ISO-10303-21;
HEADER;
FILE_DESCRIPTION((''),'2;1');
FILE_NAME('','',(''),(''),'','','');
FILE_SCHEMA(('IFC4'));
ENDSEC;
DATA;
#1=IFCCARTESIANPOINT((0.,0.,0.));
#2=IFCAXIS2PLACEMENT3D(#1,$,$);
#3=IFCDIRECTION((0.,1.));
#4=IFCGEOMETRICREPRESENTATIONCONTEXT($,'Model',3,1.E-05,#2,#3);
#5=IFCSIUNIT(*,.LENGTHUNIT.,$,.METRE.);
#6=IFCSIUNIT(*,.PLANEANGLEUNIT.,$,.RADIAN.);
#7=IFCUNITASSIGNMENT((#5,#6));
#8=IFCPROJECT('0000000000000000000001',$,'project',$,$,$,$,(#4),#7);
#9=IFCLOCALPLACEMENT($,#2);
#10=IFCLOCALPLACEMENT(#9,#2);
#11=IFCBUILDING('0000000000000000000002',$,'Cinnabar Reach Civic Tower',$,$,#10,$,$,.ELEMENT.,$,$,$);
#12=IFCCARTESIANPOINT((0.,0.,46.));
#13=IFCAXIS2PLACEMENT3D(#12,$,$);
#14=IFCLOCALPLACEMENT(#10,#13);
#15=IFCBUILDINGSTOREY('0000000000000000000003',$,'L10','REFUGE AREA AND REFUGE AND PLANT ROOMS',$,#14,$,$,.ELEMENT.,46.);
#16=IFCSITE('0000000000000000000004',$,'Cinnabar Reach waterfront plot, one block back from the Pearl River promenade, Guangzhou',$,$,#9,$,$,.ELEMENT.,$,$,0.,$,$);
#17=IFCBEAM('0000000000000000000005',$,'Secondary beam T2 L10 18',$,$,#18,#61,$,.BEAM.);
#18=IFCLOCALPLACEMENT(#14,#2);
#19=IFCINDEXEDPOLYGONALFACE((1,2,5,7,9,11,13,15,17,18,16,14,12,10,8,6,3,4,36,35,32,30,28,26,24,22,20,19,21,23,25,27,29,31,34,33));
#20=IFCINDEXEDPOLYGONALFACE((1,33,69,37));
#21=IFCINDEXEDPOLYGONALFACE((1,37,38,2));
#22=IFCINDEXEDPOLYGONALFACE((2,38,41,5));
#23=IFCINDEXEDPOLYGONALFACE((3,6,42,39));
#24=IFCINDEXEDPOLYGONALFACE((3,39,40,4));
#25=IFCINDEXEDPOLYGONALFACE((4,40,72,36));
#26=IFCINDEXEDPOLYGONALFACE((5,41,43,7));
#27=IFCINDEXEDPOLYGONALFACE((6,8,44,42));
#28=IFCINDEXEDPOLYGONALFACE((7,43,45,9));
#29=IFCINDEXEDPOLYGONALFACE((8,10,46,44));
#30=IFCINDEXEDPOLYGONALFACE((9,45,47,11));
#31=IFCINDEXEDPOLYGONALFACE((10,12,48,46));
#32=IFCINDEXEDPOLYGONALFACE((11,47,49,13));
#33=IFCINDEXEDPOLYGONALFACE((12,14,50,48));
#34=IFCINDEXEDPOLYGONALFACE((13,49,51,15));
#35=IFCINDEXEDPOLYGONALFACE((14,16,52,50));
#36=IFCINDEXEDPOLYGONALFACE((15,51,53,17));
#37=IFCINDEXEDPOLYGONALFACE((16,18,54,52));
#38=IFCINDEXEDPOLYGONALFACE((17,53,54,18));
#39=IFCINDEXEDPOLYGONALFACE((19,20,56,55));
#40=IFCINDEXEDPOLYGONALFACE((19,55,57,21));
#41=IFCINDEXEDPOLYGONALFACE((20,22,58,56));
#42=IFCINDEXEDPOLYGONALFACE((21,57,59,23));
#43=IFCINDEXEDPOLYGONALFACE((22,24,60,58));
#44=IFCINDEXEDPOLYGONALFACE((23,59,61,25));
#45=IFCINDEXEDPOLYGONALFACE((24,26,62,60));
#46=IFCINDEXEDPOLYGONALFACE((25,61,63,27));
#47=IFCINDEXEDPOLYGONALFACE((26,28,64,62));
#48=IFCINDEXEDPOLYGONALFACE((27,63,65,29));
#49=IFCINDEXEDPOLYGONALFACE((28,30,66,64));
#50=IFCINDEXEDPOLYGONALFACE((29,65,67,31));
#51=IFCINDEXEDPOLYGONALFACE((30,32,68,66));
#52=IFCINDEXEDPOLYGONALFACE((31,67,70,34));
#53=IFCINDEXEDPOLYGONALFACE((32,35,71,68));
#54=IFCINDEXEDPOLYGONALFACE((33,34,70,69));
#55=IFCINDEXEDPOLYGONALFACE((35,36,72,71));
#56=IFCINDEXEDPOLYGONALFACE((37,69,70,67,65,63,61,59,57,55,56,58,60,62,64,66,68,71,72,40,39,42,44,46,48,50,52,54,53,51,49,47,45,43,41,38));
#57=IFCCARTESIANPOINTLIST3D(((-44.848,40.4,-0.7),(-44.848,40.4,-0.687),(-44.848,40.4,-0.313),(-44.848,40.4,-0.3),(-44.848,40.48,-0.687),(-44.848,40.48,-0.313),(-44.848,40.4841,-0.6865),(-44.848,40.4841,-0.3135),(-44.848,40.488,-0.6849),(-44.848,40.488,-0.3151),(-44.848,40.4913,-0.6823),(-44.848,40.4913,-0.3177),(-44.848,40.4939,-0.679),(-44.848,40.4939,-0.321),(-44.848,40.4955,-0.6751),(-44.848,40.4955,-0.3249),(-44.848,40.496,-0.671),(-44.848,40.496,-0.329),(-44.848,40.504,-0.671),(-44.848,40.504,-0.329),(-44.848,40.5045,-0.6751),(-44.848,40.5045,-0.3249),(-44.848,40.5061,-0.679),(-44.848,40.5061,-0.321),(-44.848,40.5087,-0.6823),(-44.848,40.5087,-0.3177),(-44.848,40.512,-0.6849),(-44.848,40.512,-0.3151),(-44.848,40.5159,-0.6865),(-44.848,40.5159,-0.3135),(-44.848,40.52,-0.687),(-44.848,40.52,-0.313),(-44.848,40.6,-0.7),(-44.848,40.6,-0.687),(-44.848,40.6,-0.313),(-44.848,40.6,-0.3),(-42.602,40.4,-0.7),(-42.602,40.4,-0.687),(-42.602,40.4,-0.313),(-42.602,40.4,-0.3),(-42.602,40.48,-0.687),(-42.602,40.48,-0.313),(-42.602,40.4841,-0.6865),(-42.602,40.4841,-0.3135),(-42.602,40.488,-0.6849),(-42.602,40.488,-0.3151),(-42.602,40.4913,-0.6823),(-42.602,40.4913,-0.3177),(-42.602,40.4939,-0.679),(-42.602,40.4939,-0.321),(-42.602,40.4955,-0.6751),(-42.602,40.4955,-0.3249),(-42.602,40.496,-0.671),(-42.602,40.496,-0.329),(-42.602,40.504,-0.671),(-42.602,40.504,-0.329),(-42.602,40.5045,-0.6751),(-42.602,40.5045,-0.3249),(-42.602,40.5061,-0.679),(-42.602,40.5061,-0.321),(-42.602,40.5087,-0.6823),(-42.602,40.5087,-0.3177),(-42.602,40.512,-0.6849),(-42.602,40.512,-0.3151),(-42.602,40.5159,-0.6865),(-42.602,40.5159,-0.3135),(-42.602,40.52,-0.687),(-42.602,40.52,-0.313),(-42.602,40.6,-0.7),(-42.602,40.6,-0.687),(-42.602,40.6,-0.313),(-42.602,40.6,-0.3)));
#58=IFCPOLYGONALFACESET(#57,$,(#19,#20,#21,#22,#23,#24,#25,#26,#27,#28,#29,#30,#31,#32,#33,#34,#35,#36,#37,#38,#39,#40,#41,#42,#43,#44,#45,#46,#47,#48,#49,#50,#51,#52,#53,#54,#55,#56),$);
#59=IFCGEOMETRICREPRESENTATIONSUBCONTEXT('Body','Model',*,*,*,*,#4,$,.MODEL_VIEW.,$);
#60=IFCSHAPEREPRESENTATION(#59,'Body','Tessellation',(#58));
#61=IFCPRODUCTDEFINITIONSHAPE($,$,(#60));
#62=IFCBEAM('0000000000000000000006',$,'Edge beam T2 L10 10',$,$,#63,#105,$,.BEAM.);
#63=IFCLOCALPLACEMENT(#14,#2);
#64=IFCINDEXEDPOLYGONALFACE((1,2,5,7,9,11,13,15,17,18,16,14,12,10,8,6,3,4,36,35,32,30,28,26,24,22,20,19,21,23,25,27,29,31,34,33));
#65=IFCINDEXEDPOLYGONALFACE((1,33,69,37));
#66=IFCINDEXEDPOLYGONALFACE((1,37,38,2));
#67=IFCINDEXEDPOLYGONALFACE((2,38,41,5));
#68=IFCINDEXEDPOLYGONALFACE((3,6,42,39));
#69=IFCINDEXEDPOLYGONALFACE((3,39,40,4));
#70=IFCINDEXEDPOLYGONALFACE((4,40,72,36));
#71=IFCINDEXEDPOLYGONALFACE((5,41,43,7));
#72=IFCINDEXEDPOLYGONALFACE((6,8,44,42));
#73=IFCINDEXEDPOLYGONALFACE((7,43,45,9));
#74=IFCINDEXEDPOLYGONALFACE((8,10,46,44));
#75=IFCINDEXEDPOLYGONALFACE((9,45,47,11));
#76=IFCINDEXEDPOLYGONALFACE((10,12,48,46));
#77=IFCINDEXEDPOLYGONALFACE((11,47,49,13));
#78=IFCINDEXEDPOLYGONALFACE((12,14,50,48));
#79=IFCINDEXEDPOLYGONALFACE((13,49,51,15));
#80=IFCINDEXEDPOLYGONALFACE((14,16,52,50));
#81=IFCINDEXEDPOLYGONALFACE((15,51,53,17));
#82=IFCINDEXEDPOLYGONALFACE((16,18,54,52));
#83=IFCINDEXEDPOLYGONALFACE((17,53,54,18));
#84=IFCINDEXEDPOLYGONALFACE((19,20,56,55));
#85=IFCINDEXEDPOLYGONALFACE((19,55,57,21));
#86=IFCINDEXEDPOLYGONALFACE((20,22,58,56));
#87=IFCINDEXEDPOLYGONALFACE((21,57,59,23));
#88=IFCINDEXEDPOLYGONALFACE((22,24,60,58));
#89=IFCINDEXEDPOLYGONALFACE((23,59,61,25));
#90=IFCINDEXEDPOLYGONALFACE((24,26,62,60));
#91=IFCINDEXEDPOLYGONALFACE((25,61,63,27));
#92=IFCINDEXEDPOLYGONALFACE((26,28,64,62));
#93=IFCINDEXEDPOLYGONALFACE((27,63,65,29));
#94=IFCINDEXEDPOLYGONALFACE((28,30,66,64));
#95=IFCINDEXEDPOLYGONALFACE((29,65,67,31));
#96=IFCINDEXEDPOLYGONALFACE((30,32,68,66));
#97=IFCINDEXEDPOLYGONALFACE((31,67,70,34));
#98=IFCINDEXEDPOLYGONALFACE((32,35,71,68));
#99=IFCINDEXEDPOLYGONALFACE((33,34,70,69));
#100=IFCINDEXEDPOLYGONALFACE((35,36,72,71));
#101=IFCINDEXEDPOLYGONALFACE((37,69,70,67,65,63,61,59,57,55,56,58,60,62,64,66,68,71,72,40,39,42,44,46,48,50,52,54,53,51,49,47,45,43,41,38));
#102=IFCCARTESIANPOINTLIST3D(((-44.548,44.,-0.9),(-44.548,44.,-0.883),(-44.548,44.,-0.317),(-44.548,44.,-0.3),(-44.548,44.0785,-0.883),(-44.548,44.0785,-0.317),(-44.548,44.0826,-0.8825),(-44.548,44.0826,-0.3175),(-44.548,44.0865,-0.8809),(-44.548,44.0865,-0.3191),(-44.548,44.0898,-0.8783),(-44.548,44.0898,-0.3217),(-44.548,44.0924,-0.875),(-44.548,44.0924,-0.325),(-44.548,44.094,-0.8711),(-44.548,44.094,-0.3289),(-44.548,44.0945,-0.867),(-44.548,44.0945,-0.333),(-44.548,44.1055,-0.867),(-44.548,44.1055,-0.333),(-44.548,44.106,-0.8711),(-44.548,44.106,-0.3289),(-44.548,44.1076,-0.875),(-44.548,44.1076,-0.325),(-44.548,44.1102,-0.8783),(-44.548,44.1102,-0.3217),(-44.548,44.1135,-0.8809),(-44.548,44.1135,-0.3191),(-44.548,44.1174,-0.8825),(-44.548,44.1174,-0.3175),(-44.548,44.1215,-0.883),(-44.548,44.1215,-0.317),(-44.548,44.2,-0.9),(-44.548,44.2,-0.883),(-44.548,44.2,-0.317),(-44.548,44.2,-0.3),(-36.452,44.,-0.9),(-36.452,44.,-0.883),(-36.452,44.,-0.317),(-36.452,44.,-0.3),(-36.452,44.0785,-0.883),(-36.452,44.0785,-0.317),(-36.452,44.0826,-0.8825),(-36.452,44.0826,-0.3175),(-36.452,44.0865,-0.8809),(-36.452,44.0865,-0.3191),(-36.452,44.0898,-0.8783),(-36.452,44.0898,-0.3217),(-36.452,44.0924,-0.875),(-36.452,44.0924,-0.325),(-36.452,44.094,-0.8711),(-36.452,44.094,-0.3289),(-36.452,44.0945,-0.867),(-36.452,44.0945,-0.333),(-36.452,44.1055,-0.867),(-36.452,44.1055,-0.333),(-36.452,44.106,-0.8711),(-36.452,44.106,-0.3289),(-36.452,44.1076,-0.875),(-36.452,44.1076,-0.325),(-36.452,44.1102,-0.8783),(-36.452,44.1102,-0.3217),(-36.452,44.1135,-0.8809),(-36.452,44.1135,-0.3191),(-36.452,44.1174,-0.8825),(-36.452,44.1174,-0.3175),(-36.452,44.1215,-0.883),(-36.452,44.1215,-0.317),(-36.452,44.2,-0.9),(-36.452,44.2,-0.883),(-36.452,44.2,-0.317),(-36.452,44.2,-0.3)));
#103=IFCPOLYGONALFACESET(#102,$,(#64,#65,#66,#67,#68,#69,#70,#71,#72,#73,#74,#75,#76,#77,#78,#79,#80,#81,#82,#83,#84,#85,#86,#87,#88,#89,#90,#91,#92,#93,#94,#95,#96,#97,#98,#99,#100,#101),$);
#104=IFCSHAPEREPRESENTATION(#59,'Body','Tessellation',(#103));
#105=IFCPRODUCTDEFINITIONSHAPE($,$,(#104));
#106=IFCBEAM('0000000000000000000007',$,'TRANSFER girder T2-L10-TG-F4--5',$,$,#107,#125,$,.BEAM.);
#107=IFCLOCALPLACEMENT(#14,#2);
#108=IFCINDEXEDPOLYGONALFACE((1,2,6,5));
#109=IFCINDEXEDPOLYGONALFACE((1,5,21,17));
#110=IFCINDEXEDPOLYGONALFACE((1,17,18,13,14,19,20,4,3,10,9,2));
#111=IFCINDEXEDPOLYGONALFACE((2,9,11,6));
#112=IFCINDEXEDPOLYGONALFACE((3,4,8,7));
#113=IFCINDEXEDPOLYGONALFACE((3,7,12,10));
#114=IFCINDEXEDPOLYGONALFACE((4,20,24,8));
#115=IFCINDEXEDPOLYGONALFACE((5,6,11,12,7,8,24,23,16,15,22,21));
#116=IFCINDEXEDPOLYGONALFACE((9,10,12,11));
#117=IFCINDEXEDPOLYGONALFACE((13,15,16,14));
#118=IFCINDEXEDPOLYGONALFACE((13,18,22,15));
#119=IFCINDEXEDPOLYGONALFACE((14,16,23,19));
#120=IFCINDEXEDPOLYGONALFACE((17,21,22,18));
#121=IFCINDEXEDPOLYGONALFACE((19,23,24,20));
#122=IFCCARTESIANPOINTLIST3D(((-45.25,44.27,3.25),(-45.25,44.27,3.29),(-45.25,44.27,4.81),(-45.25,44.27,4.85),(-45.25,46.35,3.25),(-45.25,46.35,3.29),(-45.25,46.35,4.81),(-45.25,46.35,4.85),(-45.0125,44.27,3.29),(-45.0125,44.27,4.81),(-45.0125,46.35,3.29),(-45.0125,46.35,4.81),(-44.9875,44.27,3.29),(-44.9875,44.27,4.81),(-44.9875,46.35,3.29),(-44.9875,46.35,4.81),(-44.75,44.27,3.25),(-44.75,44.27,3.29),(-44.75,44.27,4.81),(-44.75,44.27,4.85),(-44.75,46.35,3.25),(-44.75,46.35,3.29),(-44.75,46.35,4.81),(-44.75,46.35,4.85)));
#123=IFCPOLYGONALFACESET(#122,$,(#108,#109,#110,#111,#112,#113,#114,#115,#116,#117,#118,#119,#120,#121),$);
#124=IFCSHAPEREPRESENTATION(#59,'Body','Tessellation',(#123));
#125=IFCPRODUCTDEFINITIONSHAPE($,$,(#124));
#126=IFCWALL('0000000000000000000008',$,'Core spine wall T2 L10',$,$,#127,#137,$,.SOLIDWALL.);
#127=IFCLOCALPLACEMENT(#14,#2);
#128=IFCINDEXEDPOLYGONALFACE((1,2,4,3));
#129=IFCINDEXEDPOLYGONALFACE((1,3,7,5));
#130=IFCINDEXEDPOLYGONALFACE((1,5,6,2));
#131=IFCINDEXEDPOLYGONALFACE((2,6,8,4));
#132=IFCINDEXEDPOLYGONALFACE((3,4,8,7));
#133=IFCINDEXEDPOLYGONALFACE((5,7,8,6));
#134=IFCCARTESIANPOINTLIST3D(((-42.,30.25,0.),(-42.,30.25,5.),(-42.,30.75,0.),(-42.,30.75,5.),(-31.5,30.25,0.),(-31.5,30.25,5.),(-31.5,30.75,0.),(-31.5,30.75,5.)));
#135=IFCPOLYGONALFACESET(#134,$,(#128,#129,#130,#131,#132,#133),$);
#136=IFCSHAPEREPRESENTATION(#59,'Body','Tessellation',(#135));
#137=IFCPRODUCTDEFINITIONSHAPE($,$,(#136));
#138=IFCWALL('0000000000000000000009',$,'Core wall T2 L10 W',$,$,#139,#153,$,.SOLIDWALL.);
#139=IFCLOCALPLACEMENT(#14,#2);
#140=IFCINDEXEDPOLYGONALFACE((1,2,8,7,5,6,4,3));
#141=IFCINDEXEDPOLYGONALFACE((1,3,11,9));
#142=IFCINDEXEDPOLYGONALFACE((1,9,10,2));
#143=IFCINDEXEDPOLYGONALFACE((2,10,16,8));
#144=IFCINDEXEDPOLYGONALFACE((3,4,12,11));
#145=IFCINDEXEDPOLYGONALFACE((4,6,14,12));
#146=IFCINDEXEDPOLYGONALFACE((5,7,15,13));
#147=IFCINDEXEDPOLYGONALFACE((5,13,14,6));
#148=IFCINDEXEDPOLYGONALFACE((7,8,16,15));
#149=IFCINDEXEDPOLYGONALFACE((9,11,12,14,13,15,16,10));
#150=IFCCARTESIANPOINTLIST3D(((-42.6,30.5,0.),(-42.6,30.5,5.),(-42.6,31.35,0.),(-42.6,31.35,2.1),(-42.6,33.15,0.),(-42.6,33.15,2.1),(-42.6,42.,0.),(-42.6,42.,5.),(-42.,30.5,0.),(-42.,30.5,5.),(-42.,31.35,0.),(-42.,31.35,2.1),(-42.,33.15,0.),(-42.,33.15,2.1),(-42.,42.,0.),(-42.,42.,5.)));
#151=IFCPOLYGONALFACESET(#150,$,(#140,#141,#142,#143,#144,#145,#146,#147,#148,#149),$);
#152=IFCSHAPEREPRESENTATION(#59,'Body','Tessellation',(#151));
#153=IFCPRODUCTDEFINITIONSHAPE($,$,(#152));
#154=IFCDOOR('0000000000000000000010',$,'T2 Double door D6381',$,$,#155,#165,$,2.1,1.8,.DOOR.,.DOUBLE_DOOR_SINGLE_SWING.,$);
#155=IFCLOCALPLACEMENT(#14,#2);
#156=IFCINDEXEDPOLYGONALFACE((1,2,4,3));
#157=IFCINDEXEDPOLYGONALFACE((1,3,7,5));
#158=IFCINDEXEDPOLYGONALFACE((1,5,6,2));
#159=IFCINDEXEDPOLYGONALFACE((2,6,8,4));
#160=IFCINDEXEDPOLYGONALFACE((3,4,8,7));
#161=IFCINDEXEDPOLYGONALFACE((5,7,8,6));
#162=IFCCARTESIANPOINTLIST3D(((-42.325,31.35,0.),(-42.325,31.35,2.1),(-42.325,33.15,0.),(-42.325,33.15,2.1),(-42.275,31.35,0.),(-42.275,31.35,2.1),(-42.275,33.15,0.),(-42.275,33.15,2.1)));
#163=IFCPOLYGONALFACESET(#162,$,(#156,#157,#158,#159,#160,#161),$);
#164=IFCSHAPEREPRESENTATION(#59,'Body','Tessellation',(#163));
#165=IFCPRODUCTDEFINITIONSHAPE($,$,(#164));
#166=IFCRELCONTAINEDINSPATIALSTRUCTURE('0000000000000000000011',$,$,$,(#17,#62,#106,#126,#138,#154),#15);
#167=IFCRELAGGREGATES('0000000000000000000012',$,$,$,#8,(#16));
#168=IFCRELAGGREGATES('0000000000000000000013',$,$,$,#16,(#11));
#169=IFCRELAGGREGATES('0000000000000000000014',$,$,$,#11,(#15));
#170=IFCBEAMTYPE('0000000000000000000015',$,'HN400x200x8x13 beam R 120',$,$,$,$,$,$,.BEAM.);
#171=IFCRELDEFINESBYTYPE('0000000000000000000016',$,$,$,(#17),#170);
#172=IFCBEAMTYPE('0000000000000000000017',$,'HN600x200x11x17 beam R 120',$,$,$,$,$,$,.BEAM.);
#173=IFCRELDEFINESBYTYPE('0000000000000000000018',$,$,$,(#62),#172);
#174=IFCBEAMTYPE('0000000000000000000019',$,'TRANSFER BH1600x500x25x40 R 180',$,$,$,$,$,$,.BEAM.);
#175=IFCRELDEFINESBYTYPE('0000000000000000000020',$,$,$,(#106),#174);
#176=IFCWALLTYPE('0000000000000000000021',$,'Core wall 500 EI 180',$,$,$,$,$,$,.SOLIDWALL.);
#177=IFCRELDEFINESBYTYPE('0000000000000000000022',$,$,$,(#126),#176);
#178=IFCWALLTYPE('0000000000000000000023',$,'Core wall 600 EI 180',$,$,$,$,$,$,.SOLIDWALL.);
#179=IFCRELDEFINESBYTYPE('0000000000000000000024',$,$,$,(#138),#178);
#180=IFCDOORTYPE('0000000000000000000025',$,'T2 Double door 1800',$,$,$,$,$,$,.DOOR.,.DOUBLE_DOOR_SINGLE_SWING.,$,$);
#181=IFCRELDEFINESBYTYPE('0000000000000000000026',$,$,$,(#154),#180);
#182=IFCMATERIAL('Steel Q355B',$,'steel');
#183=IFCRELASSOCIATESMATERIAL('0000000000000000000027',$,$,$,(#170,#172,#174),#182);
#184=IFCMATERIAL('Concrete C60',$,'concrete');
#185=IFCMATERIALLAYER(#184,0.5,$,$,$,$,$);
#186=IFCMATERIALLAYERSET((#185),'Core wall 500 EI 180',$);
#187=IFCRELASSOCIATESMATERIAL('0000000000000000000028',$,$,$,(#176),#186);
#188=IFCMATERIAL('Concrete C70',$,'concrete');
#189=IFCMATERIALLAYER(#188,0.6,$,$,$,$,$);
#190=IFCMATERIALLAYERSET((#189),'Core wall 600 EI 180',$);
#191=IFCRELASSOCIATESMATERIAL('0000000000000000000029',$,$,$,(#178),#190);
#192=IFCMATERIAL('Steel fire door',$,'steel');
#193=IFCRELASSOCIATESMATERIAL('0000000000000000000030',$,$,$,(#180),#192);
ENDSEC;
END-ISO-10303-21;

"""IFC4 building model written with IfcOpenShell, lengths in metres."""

from ifc_helpers import new_model, si_unit, direction, frame, frame_2d, origin, origin_2d, place, context, subcontext, project, spatial, rectangle, i_section, extrude, material, layer, layer_set, material_profile, profile_set, type_object, element, fill, save


model = new_model("IFC4")

# Units and contexts
model_context = context("Model", 3, precision=1e-05, world=origin(), true_north=direction((0.0, 1.0)))
body_context = subcontext(model_context, "Body", "Model", "MODEL_VIEW")
ifc_project = project(units=[si_unit("LENGTHUNIT", "METRE"), si_unit("PLANEANGLEUNIT", "RADIAN")], contexts=[model_context])

# Site, building, storey
site_placement = place(None, origin())
site = spatial("IfcSite", under=ifc_project, at=site_placement, Name="Cinnabar Reach waterfront plot, one block back from the Pearl River promenade, Guangzhou", CompositionType="ELEMENT", RefElevation=0.0)
building_placement = place(site_placement, origin())
building = spatial("IfcBuilding", under=site, at=building_placement, Name="Cinnabar Reach Civic Tower", CompositionType="ELEMENT")
storey_placement = place(building_placement, frame((0.0, 0.0, 46.0)))
storey = spatial("IfcBuildingStorey", under=building, at=storey_placement, Name="L10", Description="REFUGE AREA AND REFUGE AND PLANT ROOMS", CompositionType="ELEMENT", Elevation=46.0)

# Shared definitions
ifc_material_1 = material(Name="Concrete C70", Category="concrete")

# Beams
ifc_material_2 = material(Name="Steel Q355B", Category="steel")
ifc_material_profile_1 = material_profile(ifc_material_2, i_section(OverallWidth=0.2, OverallDepth=0.4, WebThickness=0.008, FlangeThickness=0.013, FilletRadius=0.016, at=origin_2d()), Name="HN400x200x8x13")
ifc_profile_set_1 = profile_set([ifc_material_profile_1], Name="Steel Q355B")
beam_type_1 = type_object("IfcBeamType", Name="HN400x200x8x13 beam R 120", PredefinedType="BEAM", material=ifc_profile_set_1)
for number, where, z_axis, x_axis, name in (
    (1, (-44.848, 40.5, -0.5), (1.0, 0.0, 0.0), (0.0, 1.0, 0.0), "Secondary beam T2 L10 18"),
):
    element("IfcBeam", number, at=place(storey_placement, frame(where, z_axis=z_axis, x_axis=x_axis)), inside=storey, type_object=beam_type_1, Name=name, PredefinedType="BEAM", context=body_context, shape_type="SweptSolid", body=[
        extrude(i_section(OverallWidth=0.2, OverallDepth=0.4, WebThickness=0.008, FlangeThickness=0.013, FilletRadius=0.016, at=origin_2d()), origin(), (0.0, 0.0, 1.0), 2.246),
    ])
ifc_material_profile_2 = material_profile(ifc_material_2, i_section(OverallWidth=0.2, OverallDepth=0.6, WebThickness=0.011, FlangeThickness=0.017, FilletRadius=0.016, at=origin_2d()), Name="HN600x200x11x17")
ifc_profile_set_2 = profile_set([ifc_material_profile_2], Name="Steel Q355B")
beam_type_2 = type_object("IfcBeamType", Name="HN600x200x11x17 beam R 120", PredefinedType="BEAM", material=ifc_profile_set_2)
beam_1_placement = place(storey_placement, frame((-36.452, 44.1, -0.6), z_axis=(-1.0, 0.0, 0.0), x_axis=(0.0, -1.0, 0.0)))
element("IfcBeam", 2, at=beam_1_placement, inside=storey, type_object=beam_type_2, Name="Edge beam T2 L10 10", PredefinedType="BEAM", context=body_context, shape_type="SweptSolid", body=[
    extrude(i_section(OverallWidth=0.2, OverallDepth=0.6, WebThickness=0.011, FlangeThickness=0.017, FilletRadius=0.016, at=origin_2d()), origin(), (0.0, 0.0, 1.0), 8.096),
])
ifc_material_profile_3 = material_profile(ifc_material_2, i_section(OverallWidth=0.5, OverallDepth=1.6, WebThickness=0.025, FlangeThickness=0.04, at=origin_2d()), Name="BH1600x500x25x40")
ifc_profile_set_3 = profile_set([ifc_material_profile_3], Name="Steel Q355B")
beam_type_3 = type_object("IfcBeamType", Name="TRANSFER BH1600x500x25x40 R 180", PredefinedType="BEAM", material=ifc_profile_set_3)
beam_2_placement = place(storey_placement, frame((-45.0, 44.27, 4.05), z_axis=(0.0, 1.0, 0.0), x_axis=(-1.0, 0.0, 0.0)))
element("IfcBeam", 3, at=beam_2_placement, inside=storey, type_object=beam_type_3, Name="TRANSFER girder T2-L10-TG-F4--5", PredefinedType="BEAM", context=body_context, shape_type="SweptSolid", body=[
    extrude(i_section(OverallWidth=0.5, OverallDepth=1.6, WebThickness=0.025, FlangeThickness=0.04, at=origin_2d()), origin(), (0.0, 0.0, 1.0), 2.08),
])

# Wall
ifc_material_3 = material(Name="Concrete C60", Category="concrete")
ifc_layer_1 = layer(ifc_material_3, 0.5)
ifc_layer_set_1 = layer_set([ifc_layer_1], Name="Core wall 500 EI 180")
wall_type_1 = type_object("IfcWallType", Name="Core wall 500 EI 180", PredefinedType="SOLIDWALL", material=ifc_layer_set_1)
wall_1_placement = place(storey_placement, frame((-42.0, 30.5, 0.0), z_axis=(0.0, 0.0, 1.0), x_axis=(1.0, 0.0, 0.0)))
element("IfcWall", 4, at=wall_1_placement, inside=storey, type_object=wall_type_1, Name="Core spine wall T2 L10", PredefinedType="SOLIDWALL", context=body_context, shape_type="SweptSolid", body=[
    extrude(rectangle(XDim=10.5, YDim=0.5, at=frame_2d((5.25, 0.0))), origin(), (0.0, 0.0, 1.0), 5.0),
])

# Wall, opening, door
ifc_layer_2 = layer(ifc_material_1, 0.6)
ifc_layer_set_2 = layer_set([ifc_layer_2], Name="Core wall 600 EI 180")
wall_type_2 = type_object("IfcWallType", Name="Core wall 600 EI 180", PredefinedType="SOLIDWALL", material=ifc_layer_set_2)
wall_2_placement = place(storey_placement, frame((-42.3, 42.0, 0.0), z_axis=(0.0, 0.0, 1.0), x_axis=(0.0, -1.0, 0.0)))
wall_2 = element("IfcWall", 5, at=wall_2_placement, inside=storey, type_object=wall_type_2, Name="Core wall T2 L10 W", PredefinedType="SOLIDWALL", context=body_context, shape_type="SweptSolid", body=[
    extrude(rectangle(XDim=11.5, YDim=0.6, at=frame_2d((5.75, 0.0))), origin(), (0.0, 0.0, 1.0), 5.0),
])
opening_1_placement = place(wall_2_placement, frame((8.85, 0.0, 0.0)))
opening_1 = element("IfcOpeningElement", 6, at=opening_1_placement, cuts=wall_2, PredefinedType="OPENING", context=body_context, shape_type="SweptSolid", body=[
    extrude(rectangle(XDim=1.8, YDim=2.1, at=frame_2d((0.9, 1.05))), frame((0.0, 0.31, 0.0), z_axis=(0.0, -1.0, 0.0), x_axis=(1.0, 0.0, 0.0)), (0.0, 0.0, 1.0), 0.62),
])
ifc_material_4 = material(Name="Steel fire door", Category="steel")
door_type_1 = type_object("IfcDoorType", Name="T2 Double door 1800", OperationType="DOUBLE_DOOR_SINGLE_SWING", PredefinedType="DOOR", material=ifc_material_4)
door_1_placement = place(opening_1_placement, frame((1.8, 0.0, 0.0), z_axis=(0.0, 0.0, 1.0), x_axis=(-1.0, 0.0, 0.0)))
door_1 = element("IfcDoor", 7, at=door_1_placement, inside=storey, type_object=door_type_1, Name="T2 Double door D6381", OperationType="DOUBLE_DOOR_SINGLE_SWING", OverallHeight=2.1, OverallWidth=1.8, PredefinedType="DOOR", context=body_context, shape_type="SweptSolid", body=[
    extrude(rectangle(XDim=1.8, YDim=2.1, at=frame_2d((0.9, 1.05))), frame((0.0, 0.025, 0.0), z_axis=(0.0, -1.0, 0.0), x_axis=(1.0, 0.0, 0.0)), (0.0, 0.0, 1.0), 0.05),
])
fill(opening_1, door_1)

save(model, "model.ifc")
